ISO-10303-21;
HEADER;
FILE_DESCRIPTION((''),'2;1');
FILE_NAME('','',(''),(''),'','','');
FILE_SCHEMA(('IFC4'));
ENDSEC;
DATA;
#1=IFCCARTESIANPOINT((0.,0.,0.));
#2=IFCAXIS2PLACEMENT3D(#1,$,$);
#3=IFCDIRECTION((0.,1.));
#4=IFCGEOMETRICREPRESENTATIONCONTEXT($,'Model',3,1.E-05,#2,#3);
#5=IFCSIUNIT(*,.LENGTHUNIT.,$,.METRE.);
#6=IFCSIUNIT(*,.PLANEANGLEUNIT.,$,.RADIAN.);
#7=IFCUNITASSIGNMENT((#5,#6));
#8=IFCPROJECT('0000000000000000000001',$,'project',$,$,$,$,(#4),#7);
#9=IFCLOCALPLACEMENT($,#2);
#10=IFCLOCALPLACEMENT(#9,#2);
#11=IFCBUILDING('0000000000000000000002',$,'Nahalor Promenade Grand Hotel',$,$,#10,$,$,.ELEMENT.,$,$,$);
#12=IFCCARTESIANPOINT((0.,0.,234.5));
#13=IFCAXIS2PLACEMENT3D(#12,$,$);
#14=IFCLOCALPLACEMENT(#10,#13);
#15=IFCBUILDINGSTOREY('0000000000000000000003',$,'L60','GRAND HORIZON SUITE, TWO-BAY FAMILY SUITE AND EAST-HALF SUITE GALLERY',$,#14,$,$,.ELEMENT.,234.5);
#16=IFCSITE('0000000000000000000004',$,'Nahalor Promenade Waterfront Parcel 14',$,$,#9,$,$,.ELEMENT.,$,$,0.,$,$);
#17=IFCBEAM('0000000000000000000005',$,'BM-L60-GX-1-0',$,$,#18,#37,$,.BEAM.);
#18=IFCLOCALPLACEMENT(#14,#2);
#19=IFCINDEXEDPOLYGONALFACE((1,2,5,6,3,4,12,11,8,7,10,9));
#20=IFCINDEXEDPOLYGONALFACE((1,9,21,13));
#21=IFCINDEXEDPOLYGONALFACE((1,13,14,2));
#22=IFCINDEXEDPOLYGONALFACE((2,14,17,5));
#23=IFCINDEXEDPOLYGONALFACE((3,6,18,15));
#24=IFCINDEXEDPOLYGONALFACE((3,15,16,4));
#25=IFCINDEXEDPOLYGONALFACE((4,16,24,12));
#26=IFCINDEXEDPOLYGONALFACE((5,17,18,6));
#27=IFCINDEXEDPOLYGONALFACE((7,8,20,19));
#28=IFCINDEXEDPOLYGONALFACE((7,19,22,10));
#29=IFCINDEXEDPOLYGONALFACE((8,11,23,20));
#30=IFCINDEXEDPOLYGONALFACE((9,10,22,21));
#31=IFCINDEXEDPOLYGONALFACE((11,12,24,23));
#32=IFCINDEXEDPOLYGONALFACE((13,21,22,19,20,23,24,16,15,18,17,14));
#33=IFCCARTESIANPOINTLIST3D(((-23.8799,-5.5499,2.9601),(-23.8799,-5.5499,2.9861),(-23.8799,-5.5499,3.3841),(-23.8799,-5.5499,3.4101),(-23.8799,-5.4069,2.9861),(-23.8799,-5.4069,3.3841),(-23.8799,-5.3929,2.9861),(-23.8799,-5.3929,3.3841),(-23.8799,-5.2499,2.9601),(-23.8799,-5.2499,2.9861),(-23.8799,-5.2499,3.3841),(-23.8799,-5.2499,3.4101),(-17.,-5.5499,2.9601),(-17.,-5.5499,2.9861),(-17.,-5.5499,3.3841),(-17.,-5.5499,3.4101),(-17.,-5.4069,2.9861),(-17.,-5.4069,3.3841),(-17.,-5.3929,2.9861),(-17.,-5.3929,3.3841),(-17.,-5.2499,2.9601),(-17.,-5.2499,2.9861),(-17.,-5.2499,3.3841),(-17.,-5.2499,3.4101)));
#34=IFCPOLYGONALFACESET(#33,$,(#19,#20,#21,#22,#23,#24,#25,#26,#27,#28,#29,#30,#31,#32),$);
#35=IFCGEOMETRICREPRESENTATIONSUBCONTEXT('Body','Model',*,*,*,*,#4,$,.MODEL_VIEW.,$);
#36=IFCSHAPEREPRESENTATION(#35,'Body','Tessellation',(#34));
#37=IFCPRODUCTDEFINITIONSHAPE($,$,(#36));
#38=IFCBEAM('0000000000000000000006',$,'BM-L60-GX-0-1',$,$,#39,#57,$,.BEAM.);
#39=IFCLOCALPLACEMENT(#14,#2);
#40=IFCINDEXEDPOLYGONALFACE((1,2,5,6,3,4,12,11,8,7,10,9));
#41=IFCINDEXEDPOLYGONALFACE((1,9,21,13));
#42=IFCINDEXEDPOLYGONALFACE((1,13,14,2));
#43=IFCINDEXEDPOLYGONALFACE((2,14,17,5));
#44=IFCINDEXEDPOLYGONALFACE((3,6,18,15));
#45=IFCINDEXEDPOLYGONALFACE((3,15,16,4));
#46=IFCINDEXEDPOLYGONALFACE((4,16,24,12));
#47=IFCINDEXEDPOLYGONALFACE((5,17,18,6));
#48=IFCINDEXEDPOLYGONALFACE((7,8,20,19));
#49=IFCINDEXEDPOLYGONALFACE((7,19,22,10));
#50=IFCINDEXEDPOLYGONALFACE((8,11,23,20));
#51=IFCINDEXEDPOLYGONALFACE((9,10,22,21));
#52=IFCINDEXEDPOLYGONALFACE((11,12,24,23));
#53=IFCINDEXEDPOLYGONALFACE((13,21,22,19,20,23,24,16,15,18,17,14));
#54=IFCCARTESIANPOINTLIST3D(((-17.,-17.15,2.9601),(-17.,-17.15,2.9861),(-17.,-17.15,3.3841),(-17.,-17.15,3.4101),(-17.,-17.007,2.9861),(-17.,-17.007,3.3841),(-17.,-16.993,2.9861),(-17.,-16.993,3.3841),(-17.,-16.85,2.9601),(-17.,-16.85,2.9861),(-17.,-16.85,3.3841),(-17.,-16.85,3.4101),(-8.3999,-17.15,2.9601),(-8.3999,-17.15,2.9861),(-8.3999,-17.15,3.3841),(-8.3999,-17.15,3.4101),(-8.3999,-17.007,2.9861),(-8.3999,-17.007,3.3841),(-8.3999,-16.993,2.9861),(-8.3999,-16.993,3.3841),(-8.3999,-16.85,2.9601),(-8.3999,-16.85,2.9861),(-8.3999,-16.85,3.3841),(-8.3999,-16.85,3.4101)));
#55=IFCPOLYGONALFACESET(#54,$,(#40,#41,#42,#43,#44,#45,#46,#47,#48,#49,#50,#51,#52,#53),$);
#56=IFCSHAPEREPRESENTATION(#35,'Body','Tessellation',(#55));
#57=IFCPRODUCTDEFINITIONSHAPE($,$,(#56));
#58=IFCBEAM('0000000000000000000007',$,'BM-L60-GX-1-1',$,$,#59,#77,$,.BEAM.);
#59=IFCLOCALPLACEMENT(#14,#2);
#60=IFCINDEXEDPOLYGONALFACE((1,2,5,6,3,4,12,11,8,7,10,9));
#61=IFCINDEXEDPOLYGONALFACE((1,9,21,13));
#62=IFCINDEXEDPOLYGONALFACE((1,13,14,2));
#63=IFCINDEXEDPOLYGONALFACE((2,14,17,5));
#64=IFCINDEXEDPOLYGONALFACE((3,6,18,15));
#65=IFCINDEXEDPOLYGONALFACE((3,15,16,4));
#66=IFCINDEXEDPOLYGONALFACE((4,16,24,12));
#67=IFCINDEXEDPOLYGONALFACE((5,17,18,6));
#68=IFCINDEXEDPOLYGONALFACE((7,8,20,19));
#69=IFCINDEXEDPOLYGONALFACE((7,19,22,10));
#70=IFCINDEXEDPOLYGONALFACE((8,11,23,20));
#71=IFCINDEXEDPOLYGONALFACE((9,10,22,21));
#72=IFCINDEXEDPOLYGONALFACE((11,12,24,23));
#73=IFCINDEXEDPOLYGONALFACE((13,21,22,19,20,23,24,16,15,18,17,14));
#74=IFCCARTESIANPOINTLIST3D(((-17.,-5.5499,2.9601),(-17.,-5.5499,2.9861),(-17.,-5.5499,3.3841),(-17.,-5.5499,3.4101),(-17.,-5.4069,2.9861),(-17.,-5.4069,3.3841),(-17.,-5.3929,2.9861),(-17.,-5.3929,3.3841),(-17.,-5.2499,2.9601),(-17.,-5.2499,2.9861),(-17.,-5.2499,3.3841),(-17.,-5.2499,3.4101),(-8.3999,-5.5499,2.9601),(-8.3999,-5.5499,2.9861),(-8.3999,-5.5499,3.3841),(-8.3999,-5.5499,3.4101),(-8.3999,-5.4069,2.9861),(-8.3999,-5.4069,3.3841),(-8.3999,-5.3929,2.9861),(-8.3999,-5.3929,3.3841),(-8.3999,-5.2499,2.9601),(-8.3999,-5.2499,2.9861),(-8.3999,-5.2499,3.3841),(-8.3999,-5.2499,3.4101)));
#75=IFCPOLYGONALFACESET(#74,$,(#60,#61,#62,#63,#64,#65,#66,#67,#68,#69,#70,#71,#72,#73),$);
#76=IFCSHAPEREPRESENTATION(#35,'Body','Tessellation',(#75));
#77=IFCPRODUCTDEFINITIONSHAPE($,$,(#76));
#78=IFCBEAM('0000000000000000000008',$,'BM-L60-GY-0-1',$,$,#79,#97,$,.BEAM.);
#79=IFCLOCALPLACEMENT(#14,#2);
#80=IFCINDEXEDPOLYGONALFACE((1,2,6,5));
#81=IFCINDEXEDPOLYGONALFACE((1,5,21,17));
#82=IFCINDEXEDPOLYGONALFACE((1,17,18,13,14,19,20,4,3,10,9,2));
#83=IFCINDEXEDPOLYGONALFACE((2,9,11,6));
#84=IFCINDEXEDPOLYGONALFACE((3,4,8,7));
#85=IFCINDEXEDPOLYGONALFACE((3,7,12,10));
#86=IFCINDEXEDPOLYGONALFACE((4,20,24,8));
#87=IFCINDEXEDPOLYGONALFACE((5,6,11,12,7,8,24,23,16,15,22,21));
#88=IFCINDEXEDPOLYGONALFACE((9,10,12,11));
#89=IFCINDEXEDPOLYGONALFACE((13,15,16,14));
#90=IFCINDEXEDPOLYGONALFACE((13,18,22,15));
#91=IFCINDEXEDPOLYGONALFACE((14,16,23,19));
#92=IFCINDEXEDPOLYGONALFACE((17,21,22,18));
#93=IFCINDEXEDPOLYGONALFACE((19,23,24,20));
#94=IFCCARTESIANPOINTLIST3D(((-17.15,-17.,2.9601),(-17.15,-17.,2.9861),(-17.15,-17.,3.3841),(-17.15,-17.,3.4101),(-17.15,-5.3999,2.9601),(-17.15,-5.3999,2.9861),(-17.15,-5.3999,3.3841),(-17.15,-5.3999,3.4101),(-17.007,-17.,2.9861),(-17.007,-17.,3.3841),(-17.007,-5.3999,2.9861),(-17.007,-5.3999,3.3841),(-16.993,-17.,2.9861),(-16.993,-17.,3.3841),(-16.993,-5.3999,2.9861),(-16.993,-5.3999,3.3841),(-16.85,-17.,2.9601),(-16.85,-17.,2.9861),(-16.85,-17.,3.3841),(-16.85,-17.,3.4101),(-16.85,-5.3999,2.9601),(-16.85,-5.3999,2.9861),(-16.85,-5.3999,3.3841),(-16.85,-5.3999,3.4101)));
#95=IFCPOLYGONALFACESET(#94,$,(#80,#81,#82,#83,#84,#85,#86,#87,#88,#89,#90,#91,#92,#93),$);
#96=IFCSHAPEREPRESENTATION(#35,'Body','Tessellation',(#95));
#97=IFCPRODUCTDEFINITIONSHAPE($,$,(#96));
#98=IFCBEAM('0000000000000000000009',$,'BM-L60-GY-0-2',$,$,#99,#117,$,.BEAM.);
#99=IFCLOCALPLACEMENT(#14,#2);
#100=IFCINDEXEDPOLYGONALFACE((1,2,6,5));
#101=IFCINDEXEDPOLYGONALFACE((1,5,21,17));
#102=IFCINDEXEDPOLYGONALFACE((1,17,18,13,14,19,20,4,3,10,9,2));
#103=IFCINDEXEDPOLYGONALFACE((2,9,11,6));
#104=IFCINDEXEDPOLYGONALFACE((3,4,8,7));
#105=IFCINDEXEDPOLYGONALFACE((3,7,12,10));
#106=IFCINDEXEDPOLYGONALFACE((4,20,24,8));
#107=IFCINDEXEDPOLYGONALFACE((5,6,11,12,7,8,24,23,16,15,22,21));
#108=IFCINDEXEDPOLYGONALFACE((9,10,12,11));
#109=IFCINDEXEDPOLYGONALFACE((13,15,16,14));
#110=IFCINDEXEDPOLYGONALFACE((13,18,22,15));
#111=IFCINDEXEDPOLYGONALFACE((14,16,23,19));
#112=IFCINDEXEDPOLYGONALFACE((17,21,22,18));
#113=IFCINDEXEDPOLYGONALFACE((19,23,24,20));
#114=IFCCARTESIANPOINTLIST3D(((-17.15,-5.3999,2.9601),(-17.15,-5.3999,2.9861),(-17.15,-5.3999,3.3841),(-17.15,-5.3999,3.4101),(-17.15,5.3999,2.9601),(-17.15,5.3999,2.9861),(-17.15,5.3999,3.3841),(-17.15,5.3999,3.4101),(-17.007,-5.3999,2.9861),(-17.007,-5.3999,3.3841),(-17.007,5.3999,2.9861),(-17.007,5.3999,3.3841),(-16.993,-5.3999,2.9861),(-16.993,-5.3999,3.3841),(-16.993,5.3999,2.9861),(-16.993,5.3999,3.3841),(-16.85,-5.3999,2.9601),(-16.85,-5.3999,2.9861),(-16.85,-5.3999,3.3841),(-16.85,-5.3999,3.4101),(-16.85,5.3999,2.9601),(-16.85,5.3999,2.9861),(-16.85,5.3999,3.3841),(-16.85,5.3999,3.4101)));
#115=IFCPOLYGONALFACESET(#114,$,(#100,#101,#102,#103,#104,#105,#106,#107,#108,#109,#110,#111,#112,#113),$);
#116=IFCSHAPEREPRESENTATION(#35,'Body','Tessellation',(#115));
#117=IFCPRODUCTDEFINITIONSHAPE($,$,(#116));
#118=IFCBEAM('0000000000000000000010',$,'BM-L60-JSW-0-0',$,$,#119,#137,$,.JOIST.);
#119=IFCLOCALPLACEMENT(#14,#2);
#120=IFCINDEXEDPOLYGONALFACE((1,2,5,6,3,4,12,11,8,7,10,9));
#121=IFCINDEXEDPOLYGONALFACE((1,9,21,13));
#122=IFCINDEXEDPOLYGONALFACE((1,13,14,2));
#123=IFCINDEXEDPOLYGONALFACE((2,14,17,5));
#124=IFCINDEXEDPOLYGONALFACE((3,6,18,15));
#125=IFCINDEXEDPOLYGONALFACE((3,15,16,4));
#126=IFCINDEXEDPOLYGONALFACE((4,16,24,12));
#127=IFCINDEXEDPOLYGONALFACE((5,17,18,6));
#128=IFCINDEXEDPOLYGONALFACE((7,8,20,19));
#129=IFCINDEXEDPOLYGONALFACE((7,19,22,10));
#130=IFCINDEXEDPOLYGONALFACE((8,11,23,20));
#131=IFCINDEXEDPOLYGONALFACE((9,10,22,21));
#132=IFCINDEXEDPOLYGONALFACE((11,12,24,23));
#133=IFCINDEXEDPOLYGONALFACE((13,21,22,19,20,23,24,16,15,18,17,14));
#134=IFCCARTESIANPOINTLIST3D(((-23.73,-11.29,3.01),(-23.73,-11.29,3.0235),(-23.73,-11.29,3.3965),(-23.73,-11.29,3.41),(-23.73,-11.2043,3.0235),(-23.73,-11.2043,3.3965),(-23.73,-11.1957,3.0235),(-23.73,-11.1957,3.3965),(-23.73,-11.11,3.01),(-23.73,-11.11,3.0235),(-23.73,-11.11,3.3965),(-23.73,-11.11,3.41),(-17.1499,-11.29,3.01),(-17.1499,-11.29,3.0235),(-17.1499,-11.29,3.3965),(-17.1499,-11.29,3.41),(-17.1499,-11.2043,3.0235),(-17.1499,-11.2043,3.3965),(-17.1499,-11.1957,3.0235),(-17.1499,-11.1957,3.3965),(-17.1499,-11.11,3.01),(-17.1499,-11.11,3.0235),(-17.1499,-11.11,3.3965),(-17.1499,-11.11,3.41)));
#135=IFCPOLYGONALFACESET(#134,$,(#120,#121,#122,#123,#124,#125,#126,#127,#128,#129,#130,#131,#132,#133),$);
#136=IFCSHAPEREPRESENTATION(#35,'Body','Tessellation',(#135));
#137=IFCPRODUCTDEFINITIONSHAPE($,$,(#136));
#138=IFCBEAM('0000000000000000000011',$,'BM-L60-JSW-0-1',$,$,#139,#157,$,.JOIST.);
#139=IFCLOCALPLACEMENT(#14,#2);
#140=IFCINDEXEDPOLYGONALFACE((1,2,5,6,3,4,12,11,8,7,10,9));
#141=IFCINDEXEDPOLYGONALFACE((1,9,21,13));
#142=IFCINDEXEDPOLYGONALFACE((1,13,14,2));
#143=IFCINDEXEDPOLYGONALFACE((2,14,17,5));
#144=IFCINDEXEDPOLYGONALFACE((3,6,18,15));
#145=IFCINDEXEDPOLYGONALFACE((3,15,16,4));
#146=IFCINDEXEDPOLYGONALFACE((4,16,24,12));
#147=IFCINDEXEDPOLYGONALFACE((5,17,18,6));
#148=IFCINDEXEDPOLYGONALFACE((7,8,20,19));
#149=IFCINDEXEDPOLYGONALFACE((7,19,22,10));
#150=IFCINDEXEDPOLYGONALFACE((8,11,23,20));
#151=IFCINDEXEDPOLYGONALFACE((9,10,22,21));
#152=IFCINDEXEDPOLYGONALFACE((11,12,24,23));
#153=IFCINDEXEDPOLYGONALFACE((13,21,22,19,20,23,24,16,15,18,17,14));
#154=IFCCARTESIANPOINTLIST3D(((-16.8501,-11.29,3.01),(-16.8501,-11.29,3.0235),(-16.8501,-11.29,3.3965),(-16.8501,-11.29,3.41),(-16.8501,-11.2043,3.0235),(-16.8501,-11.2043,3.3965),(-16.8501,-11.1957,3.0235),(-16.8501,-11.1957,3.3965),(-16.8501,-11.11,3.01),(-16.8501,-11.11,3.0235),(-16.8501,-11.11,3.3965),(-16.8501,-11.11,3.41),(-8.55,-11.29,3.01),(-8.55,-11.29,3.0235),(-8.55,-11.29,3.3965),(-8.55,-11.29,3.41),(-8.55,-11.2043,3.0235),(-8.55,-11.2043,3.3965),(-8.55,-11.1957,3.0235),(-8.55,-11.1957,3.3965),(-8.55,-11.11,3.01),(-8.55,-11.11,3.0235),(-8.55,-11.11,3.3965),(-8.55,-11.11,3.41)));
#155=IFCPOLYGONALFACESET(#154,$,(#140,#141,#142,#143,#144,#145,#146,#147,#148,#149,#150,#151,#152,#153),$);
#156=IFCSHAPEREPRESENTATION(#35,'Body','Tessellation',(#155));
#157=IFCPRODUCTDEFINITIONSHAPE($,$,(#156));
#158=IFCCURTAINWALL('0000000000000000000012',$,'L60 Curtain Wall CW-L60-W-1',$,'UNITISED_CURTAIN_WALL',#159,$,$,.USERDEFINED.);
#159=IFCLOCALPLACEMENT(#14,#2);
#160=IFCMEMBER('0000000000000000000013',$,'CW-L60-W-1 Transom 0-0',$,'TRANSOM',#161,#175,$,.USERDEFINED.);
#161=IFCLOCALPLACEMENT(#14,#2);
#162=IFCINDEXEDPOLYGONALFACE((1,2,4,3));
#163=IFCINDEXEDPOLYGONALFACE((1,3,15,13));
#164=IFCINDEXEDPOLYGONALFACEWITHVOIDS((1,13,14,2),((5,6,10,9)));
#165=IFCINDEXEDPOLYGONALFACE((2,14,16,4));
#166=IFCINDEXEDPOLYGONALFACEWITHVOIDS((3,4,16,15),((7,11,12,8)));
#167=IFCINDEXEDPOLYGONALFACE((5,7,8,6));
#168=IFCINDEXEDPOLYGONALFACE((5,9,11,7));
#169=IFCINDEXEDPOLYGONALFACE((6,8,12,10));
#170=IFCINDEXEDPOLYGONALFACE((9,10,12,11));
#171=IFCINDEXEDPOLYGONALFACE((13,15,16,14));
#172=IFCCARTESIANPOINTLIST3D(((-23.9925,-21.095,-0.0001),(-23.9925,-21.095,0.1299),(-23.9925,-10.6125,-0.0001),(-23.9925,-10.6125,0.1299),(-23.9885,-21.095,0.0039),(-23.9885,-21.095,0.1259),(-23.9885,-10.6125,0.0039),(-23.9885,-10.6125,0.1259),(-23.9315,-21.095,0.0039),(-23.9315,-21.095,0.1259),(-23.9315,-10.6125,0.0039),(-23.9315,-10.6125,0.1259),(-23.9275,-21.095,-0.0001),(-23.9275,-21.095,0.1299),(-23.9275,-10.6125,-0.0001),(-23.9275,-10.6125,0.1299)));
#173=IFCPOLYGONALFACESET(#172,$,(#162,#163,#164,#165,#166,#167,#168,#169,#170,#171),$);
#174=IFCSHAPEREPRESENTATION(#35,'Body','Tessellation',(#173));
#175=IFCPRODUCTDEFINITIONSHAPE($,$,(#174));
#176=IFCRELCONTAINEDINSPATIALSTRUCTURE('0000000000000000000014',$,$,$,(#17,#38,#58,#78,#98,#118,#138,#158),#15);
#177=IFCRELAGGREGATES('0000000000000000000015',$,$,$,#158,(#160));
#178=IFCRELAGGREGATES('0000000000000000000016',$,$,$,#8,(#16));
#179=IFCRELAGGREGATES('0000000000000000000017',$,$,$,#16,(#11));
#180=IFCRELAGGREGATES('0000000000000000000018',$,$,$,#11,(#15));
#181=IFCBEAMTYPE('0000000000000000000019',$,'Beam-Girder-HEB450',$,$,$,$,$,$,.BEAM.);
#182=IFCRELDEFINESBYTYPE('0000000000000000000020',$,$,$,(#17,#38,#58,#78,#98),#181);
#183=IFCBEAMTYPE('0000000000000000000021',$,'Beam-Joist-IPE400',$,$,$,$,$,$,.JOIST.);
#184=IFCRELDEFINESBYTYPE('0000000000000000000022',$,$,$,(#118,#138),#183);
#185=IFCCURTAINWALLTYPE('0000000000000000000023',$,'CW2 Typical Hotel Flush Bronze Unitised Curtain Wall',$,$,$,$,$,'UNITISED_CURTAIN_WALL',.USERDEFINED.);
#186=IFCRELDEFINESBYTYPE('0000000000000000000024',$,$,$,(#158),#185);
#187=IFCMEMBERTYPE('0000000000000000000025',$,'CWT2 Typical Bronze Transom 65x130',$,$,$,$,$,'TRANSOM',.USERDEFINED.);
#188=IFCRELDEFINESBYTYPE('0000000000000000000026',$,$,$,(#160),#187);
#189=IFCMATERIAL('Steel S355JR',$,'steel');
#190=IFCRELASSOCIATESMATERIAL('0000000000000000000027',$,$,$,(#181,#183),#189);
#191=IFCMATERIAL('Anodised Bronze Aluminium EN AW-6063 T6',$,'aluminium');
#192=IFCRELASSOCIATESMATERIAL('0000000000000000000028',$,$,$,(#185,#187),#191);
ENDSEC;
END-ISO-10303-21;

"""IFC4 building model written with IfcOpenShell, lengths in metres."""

from ifc_helpers import new_model, si_unit, direction, frame, origin, origin_2d, place, context, subcontext, project, spatial, hollow_rectangle, i_section, extrude, source, transform, mapped, material, material_profile, profile_set, type_object, element, aggregate, save


model = new_model("IFC4")

# Units and contexts
model_context = context("Model", 3, precision=1e-05, world=origin(), true_north=direction((0.0, 1.0)))
body_context = subcontext(model_context, "Body", "Model", "MODEL_VIEW")
ifc_project = project(units=[si_unit("LENGTHUNIT", "METRE"), si_unit("PLANEANGLEUNIT", "RADIAN")], contexts=[model_context])

# Site, building, storey
site_placement = place(None, origin())
site = spatial("IfcSite", under=ifc_project, at=site_placement, Name="Nahalor Promenade Waterfront Parcel 14", CompositionType="ELEMENT", RefElevation=0.0)
building_placement = place(site_placement, origin())
building = spatial("IfcBuilding", under=site, at=building_placement, Name="Nahalor Promenade Grand Hotel", CompositionType="ELEMENT")
storey_placement = place(building_placement, frame((0.0, 0.0, 234.5)))
storey = spatial("IfcBuildingStorey", under=building, at=storey_placement, Name="L60", Description="GRAND HORIZON SUITE, TWO-BAY FAMILY SUITE AND EAST-HALF SUITE GALLERY", CompositionType="ELEMENT", Elevation=234.5)

# Shared definitions
ifc_material_1 = material(Name="Steel S355JR", Category="steel")

# Beams
ifc_material_profile_1 = material_profile(ifc_material_1, i_section(OverallWidth=0.3, OverallDepth=0.45, WebThickness=0.014, FlangeThickness=0.026, at=origin_2d()), Name="HEB 450")
ifc_profile_set_1 = profile_set([ifc_material_profile_1], Name="Steel S355JR")
beam_type_1 = type_object("IfcBeamType", Name="Beam-Girder-HEB450", PredefinedType="BEAM", material=ifc_profile_set_1)
shared_shape_1 = source(origin(), body_context, "Body", "SweptSolid", [
    extrude(i_section(OverallWidth=0.3, OverallDepth=0.45, WebThickness=0.014, FlangeThickness=0.026, at=origin_2d()), origin(), (0.0, 0.0, 1.0), 6.8799),
])
for number, where, z_axis, x_axis, name in (
    (1, (-23.8799, -5.3999, 3.1851), (1.0, 0.0, 0.0), (0.0, 1.0, 0.0), "BM-L60-GX-1-0"),
):
    element("IfcBeam", number, at=place(storey_placement, frame(where, z_axis=z_axis, x_axis=x_axis)), inside=storey, type_object=beam_type_1, Name=name, PredefinedType="BEAM", context=body_context, shape_type="MappedRepresentation", body=[
        mapped(shared_shape_1, transform((0.0, 0.0, 0.0), scale=1.0)),
    ])
shared_shape_2 = source(origin(), body_context, "Body", "SweptSolid", [
    extrude(i_section(OverallWidth=0.3, OverallDepth=0.45, WebThickness=0.014, FlangeThickness=0.026, at=origin_2d()), origin(), (0.0, 0.0, 1.0), 8.6001),
])
for number, where, z_axis, x_axis, name in (
    (2, (-17.0, -17.0, 3.1851), (1.0, 0.0, 0.0), (0.0, 1.0, 0.0), "BM-L60-GX-0-1"),
    (3, (-17.0, -5.3999, 3.1851), (1.0, 0.0, 0.0), (0.0, 1.0, 0.0), "BM-L60-GX-1-1"),
):
    element("IfcBeam", number, at=place(storey_placement, frame(where, z_axis=z_axis, x_axis=x_axis)), inside=storey, type_object=beam_type_1, Name=name, PredefinedType="BEAM", context=body_context, shape_type="MappedRepresentation", body=[
        mapped(shared_shape_2, transform((0.0, 0.0, 0.0), scale=1.0)),
    ])
shared_shape_3 = source(origin(), body_context, "Body", "SweptSolid", [
    extrude(i_section(OverallWidth=0.3, OverallDepth=0.45, WebThickness=0.014, FlangeThickness=0.026, at=origin_2d()), origin(), (0.0, 0.0, 1.0), 11.6001),
])
beam_1_placement = place(storey_placement, frame((-17.0, -17.0, 3.1851), z_axis=(0.0, 1.0, 0.0), x_axis=(-1.0, 0.0, 0.0)))
element("IfcBeam", 4, at=beam_1_placement, inside=storey, type_object=beam_type_1, Name="BM-L60-GY-0-1", PredefinedType="BEAM", context=body_context, shape_type="MappedRepresentation", body=[
    mapped(shared_shape_3, transform((0.0, 0.0, 0.0), scale=1.0)),
])
shared_shape_4 = source(origin(), body_context, "Body", "SweptSolid", [
    extrude(i_section(OverallWidth=0.3, OverallDepth=0.45, WebThickness=0.014, FlangeThickness=0.026, at=origin_2d()), origin(), (0.0, 0.0, 1.0), 10.7998),
])
beam_2_placement = place(storey_placement, frame((-17.0, -5.3999, 3.1851), z_axis=(0.0, 1.0, 0.0), x_axis=(-1.0, 0.0, 0.0)))
element("IfcBeam", 5, at=beam_2_placement, inside=storey, type_object=beam_type_1, Name="BM-L60-GY-0-2", PredefinedType="BEAM", context=body_context, shape_type="MappedRepresentation", body=[
    mapped(shared_shape_4, transform((0.0, 0.0, 0.0), scale=1.0)),
])
ifc_material_profile_2 = material_profile(ifc_material_1, i_section(OverallWidth=0.18, OverallDepth=0.4, WebThickness=0.0086, FlangeThickness=0.0135, at=origin_2d()), Name="IPE 400")
ifc_profile_set_2 = profile_set([ifc_material_profile_2], Name="Steel S355JR")
beam_type_2 = type_object("IfcBeamType", Name="Beam-Joist-IPE400", PredefinedType="JOIST", material=ifc_profile_set_2)
shared_shape_5 = source(origin(), body_context, "Body", "SweptSolid", [
    extrude(i_section(OverallWidth=0.18, OverallDepth=0.4, WebThickness=0.0086, FlangeThickness=0.0135, at=origin_2d()), origin(), (0.0, 0.0, 1.0), 6.5801),
])
beam_3_placement = place(storey_placement, frame((-23.73, -11.2, 3.21), z_axis=(1.0, 0.0, 0.0), x_axis=(0.0, 1.0, 0.0)))
element("IfcBeam", 6, at=beam_3_placement, inside=storey, type_object=beam_type_2, Name="BM-L60-JSW-0-0", PredefinedType="JOIST", context=body_context, shape_type="MappedRepresentation", body=[
    mapped(shared_shape_5, transform((0.0, 0.0, 0.0), scale=1.0)),
])
shared_shape_6 = source(origin(), body_context, "Body", "SweptSolid", [
    extrude(i_section(OverallWidth=0.18, OverallDepth=0.4, WebThickness=0.0086, FlangeThickness=0.0135, at=origin_2d()), origin(), (0.0, 0.0, 1.0), 8.3),
])
beam_4_placement = place(storey_placement, frame((-16.8501, -11.2, 3.21), z_axis=(1.0, 0.0, 0.0), x_axis=(0.0, 1.0, 0.0)))
element("IfcBeam", 7, at=beam_4_placement, inside=storey, type_object=beam_type_2, Name="BM-L60-JSW-0-1", PredefinedType="JOIST", context=body_context, shape_type="MappedRepresentation", body=[
    mapped(shared_shape_6, transform((0.0, 0.0, 0.0), scale=1.0)),
])

# Curtain wall, member
ifc_material_2 = material(Name="Anodised Bronze Aluminium EN AW-6063 T6", Category="aluminium")
curtain_wall_type = type_object("IfcCurtainWallType", Name="CW2 Typical Hotel Flush Bronze Unitised Curtain Wall", ElementType="UNITISED_CURTAIN_WALL", PredefinedType="USERDEFINED", material=ifc_material_2)
curtain_wall_placement = place(storey_placement, origin())
curtain_wall = element("IfcCurtainWall", 8, at=curtain_wall_placement, inside=storey, type_object=curtain_wall_type, Name="L60 Curtain Wall CW-L60-W-1", ObjectType="UNITISED_CURTAIN_WALL", PredefinedType="USERDEFINED")
ifc_material_profile_3 = material_profile(ifc_material_2, hollow_rectangle(XDim=0.065, YDim=0.13, WallThickness=0.004, at=origin_2d()), Name="CWT 65x130x4")
ifc_profile_set_3 = profile_set([ifc_material_profile_3], Name="Anodised Bronze Aluminium EN AW-6063 T6")
member_type_1 = type_object("IfcMemberType", Name="CWT2 Typical Bronze Transom 65x130", ElementType="TRANSOM", PredefinedType="USERDEFINED", material=ifc_profile_set_3)
shared_shape_7 = source(origin(), body_context, "Body", "SweptSolid", [
    extrude(hollow_rectangle(XDim=0.065, YDim=0.13, WallThickness=0.004, at=origin_2d()), origin(), (0.0, 0.0, 1.0), 10.4824),
])
member_1_placement = place(storey_placement, frame((-23.96, -21.095, 0.0649), z_axis=(0.0, 1.0, 0.0), x_axis=(-1.0, 0.0, 0.0)))
member_1 = element("IfcMember", 9, at=member_1_placement, type_object=member_type_1, Name="CW-L60-W-1 Transom 0-0", ObjectType="TRANSOM", PredefinedType="USERDEFINED", context=body_context, shape_type="MappedRepresentation", body=[
    mapped(shared_shape_7, transform((0.0, 0.0, 0.0), scale=1.0)),
])
aggregate(curtain_wall, [member_1])

save(model, "model.ifc")
